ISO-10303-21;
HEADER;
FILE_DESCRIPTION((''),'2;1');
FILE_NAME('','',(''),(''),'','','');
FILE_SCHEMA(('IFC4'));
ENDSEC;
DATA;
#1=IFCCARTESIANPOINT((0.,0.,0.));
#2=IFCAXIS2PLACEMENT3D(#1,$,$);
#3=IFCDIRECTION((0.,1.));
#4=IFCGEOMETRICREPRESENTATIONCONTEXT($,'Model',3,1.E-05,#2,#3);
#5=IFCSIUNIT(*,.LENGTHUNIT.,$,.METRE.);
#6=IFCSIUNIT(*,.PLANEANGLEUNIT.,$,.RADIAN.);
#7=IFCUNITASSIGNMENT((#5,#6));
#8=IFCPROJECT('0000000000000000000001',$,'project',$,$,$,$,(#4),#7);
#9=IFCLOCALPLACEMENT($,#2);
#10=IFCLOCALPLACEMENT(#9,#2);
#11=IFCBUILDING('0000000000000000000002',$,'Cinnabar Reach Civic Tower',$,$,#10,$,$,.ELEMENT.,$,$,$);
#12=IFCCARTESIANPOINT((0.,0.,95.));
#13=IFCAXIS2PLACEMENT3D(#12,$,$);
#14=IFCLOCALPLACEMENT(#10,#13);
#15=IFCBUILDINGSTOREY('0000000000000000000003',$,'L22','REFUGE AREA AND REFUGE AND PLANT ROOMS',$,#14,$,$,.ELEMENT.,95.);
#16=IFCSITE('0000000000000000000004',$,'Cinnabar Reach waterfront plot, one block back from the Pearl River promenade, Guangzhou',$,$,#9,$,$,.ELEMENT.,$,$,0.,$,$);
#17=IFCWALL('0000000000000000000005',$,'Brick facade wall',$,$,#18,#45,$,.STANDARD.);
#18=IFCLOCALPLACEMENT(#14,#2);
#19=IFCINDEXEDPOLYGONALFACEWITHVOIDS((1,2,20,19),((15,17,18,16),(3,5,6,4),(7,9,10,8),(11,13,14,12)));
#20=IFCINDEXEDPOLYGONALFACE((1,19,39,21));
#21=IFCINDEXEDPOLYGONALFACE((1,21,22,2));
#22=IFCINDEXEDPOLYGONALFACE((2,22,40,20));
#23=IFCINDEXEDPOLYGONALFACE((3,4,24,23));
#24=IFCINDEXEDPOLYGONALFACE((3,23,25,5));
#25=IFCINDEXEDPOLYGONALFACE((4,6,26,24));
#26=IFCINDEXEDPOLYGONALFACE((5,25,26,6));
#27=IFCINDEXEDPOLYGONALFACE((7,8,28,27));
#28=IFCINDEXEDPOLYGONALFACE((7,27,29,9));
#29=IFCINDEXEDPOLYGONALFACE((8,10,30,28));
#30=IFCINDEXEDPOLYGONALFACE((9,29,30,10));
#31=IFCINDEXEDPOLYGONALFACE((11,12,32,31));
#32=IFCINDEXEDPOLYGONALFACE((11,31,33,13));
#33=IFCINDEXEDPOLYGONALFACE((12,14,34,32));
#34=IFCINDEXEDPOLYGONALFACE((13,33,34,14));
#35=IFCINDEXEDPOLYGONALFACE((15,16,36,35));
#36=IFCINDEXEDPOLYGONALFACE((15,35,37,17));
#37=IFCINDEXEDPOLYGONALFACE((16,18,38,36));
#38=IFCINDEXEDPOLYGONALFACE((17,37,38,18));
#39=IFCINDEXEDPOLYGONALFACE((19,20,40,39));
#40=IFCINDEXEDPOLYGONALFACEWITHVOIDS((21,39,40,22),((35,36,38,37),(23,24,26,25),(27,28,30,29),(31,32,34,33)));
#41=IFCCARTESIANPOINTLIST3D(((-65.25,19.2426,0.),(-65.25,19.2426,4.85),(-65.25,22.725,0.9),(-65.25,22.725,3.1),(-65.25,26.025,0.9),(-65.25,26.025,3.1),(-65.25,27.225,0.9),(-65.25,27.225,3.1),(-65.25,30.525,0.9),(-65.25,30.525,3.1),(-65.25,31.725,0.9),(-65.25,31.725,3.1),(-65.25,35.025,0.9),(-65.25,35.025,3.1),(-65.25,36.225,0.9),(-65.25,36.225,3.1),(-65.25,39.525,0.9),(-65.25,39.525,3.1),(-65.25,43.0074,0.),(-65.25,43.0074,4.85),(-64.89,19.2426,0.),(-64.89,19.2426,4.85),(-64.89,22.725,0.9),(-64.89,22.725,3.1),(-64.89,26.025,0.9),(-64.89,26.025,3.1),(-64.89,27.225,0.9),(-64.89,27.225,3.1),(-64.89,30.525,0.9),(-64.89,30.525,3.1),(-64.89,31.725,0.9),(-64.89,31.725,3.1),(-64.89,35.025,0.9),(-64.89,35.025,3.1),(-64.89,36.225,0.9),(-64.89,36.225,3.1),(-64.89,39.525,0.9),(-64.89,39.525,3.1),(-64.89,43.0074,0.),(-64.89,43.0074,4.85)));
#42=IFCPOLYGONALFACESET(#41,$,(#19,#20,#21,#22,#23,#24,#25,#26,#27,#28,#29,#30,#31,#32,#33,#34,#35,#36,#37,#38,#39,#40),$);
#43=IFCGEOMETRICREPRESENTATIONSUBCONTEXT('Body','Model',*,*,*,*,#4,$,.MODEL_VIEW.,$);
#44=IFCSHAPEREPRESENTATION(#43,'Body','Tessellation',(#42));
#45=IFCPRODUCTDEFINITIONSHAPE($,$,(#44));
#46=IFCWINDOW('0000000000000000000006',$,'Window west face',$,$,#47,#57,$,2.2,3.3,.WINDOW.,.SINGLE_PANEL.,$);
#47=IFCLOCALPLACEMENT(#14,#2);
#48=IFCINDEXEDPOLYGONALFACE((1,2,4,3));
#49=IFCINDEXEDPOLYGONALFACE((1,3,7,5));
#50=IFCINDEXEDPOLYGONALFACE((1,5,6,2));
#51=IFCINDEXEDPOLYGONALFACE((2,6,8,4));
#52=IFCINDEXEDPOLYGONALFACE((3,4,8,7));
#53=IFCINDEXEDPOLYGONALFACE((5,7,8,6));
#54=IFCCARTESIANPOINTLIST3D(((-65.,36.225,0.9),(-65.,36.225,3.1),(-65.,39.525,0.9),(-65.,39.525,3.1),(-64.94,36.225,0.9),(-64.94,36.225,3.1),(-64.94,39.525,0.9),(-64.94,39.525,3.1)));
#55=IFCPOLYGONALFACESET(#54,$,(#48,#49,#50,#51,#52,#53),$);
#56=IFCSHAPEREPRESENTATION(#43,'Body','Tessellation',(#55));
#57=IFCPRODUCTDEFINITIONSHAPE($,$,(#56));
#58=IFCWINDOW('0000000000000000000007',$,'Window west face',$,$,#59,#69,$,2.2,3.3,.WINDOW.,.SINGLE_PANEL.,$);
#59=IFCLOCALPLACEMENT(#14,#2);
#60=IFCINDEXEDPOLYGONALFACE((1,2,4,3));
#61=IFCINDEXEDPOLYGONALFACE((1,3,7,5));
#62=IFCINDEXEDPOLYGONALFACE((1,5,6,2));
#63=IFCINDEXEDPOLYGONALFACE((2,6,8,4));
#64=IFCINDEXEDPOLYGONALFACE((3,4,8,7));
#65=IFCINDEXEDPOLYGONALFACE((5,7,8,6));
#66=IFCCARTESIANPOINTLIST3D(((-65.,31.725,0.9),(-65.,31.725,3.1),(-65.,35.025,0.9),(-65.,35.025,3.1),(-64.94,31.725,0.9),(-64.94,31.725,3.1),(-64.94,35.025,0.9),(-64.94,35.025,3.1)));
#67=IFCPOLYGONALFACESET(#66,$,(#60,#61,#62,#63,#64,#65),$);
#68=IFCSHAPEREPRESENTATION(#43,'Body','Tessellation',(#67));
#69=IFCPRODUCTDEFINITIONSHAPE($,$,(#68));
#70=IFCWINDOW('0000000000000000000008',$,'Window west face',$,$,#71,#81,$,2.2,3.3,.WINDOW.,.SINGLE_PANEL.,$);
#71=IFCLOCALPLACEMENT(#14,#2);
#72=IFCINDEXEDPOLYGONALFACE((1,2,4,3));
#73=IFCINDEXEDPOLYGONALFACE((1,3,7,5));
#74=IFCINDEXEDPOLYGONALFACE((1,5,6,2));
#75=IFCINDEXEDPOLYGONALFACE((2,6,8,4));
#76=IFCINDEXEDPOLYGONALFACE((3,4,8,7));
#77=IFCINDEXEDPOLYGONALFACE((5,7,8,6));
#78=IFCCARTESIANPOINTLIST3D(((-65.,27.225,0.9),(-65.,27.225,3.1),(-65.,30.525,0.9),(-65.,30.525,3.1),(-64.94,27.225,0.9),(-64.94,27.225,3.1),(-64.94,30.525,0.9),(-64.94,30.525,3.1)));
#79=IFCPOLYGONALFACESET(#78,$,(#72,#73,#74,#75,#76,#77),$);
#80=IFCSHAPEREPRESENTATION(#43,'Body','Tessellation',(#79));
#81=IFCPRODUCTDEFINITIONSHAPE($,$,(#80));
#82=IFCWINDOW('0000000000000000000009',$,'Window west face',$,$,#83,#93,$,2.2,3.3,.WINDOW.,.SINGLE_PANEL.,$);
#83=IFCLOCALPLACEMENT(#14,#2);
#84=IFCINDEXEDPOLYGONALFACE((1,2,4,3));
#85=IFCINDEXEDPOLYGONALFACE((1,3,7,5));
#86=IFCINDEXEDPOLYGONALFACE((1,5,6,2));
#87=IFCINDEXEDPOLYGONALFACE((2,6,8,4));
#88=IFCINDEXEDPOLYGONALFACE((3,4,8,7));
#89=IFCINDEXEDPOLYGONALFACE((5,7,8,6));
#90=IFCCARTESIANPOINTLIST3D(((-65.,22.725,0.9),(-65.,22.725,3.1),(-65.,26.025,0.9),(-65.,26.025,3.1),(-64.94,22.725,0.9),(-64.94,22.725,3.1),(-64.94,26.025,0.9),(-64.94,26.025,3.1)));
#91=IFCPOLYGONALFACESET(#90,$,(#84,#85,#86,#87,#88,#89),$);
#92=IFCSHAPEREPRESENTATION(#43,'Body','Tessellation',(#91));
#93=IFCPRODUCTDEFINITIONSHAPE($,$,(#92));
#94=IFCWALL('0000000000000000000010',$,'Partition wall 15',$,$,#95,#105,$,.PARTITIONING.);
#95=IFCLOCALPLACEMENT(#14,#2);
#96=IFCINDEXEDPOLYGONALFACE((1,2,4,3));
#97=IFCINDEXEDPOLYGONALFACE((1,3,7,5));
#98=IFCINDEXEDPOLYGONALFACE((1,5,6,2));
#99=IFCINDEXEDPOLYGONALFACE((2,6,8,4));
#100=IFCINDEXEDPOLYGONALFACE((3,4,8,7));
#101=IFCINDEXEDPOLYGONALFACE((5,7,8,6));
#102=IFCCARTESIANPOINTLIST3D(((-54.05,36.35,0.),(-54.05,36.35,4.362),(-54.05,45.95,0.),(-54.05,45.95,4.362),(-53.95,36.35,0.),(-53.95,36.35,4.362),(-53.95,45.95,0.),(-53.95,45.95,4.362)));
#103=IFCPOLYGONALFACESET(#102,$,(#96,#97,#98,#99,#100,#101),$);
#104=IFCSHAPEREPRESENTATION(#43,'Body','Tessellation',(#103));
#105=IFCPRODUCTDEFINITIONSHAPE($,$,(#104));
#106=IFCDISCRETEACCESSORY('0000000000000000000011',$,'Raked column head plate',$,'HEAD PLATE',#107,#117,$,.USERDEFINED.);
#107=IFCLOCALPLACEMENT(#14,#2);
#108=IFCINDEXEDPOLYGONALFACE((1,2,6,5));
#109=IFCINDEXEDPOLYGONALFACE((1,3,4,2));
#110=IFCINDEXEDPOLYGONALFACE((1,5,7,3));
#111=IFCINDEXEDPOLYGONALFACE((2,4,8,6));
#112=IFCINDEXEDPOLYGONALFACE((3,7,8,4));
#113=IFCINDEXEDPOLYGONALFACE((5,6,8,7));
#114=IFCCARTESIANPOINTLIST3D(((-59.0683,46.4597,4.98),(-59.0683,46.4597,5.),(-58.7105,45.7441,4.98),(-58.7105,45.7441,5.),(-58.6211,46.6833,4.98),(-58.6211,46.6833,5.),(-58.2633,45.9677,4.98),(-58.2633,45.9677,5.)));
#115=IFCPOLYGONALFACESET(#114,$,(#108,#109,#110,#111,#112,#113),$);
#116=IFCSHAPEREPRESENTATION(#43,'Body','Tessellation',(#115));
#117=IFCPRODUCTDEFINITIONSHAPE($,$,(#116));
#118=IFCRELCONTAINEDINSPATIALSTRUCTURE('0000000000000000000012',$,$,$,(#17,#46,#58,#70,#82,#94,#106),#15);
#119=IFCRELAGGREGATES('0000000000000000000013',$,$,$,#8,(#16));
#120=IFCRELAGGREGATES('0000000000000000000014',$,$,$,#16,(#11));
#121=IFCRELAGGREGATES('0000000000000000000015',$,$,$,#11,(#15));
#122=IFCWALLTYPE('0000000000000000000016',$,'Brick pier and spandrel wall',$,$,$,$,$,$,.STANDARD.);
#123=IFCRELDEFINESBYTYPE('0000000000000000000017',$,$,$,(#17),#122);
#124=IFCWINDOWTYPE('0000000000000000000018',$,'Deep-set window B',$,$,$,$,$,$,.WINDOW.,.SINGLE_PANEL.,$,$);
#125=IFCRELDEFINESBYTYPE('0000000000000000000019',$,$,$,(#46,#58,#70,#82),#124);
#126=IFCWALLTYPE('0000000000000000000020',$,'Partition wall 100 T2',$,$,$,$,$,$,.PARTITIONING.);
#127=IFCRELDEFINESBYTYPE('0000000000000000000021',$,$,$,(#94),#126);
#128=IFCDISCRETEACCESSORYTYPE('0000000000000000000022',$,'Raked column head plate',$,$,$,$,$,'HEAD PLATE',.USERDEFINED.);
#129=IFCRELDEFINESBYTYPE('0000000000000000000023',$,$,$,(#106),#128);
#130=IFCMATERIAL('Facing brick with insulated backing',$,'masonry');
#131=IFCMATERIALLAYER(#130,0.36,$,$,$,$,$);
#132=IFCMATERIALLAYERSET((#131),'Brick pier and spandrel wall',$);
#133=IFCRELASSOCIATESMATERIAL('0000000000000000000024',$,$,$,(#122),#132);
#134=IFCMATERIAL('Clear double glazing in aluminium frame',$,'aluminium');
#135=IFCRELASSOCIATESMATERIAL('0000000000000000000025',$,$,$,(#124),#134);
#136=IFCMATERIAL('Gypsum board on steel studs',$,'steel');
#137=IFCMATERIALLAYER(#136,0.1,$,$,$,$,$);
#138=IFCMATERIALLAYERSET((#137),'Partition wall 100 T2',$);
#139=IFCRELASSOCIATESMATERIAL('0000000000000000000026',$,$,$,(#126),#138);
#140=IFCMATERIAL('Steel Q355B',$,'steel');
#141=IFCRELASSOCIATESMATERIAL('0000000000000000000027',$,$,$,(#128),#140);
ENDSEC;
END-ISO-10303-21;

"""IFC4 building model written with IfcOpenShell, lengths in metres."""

from ifc_helpers import new_model, si_unit, direction, frame, frame_2d, origin, origin_2d, place, context, subcontext, project, spatial, rectangle, extrude, material, layer, layer_set, type_object, element, fill, save


model = new_model("IFC4")

# Units and contexts
model_context = context("Model", 3, precision=1e-05, world=origin(), true_north=direction((0.0, 1.0)))
body_context = subcontext(model_context, "Body", "Model", "MODEL_VIEW")
ifc_project = project(units=[si_unit("LENGTHUNIT", "METRE"), si_unit("PLANEANGLEUNIT", "RADIAN")], contexts=[model_context])

# Site, building, storey
site_placement = place(None, origin())
site = spatial("IfcSite", under=ifc_project, at=site_placement, Name="Cinnabar Reach waterfront plot, one block back from the Pearl River promenade, Guangzhou", CompositionType="ELEMENT", RefElevation=0.0)
building_placement = place(site_placement, origin())
building = spatial("IfcBuilding", under=site, at=building_placement, Name="Cinnabar Reach Civic Tower", CompositionType="ELEMENT")
storey_placement = place(building_placement, frame((0.0, 0.0, 95.0)))
storey = spatial("IfcBuildingStorey", under=building, at=storey_placement, Name="L22", Description="REFUGE AREA AND REFUGE AND PLANT ROOMS", CompositionType="ELEMENT", Elevation=95.0)

# Shared definitions
ifc_material_1 = material(Name="Steel Q355B", Category="steel")

# Shared definitions
ifc_material_2 = material(Name="Facing brick with insulated backing", Category="masonry")
ifc_layer_1 = layer(ifc_material_2, 0.36)
ifc_layer_set_1 = layer_set([ifc_layer_1], Name="Brick pier and spandrel wall")
wall_type_1 = type_object("IfcWallType", Name="Brick pier and spandrel wall", PredefinedType="STANDARD", material=ifc_layer_set_1)

# Wall, openings, windows
wall_1_placement = place(storey_placement, frame((-65.07, 43.0074, 0.0), z_axis=(0.0, 0.0, 1.0), x_axis=(0.0, -1.0, 0.0)))
wall_1 = element("IfcWall", 1, at=wall_1_placement, inside=storey, type_object=wall_type_1, Name="Brick facade wall", PredefinedType="STANDARD", context=body_context, shape_type="SweptSolid", body=[
    extrude(rectangle(XDim=23.7648, YDim=0.36, at=frame_2d((11.8824, 0.0))), origin(), (0.0, 0.0, 1.0), 4.85),
])
opening_1_placement = place(wall_1_placement, frame((3.4824, 0.0, 0.9)))
opening_1 = element("IfcOpeningElement", 2, at=opening_1_placement, cuts=wall_1, PredefinedType="OPENING", context=body_context, shape_type="SweptSolid", body=[
    extrude(rectangle(XDim=3.3, YDim=2.2, at=frame_2d((1.65, 1.1))), frame((0.0, 0.19, 0.0), z_axis=(0.0, -1.0, 0.0), x_axis=(1.0, 0.0, 0.0)), (0.0, 0.0, 1.0), 0.38),
])
opening_2_placement = place(wall_1_placement, frame((7.9824, 0.0, 0.9)))
opening_2 = element("IfcOpeningElement", 3, at=opening_2_placement, cuts=wall_1, PredefinedType="OPENING", context=body_context, shape_type="SweptSolid", body=[
    extrude(rectangle(XDim=3.3, YDim=2.2, at=frame_2d((1.65, 1.1))), frame((0.0, 0.19, 0.0), z_axis=(0.0, -1.0, 0.0), x_axis=(1.0, 0.0, 0.0)), (0.0, 0.0, 1.0), 0.38),
])
opening_3_placement = place(wall_1_placement, frame((12.4824, 0.0, 0.9)))
opening_3 = element("IfcOpeningElement", 4, at=opening_3_placement, cuts=wall_1, PredefinedType="OPENING", context=body_context, shape_type="SweptSolid", body=[
    extrude(rectangle(XDim=3.3, YDim=2.2, at=frame_2d((1.65, 1.1))), frame((0.0, 0.19, 0.0), z_axis=(0.0, -1.0, 0.0), x_axis=(1.0, 0.0, 0.0)), (0.0, 0.0, 1.0), 0.38),
])
opening_4_placement = place(wall_1_placement, frame((16.9824, 0.0, 0.9)))
opening_4 = element("IfcOpeningElement", 5, at=opening_4_placement, cuts=wall_1, PredefinedType="OPENING", context=body_context, shape_type="SweptSolid", body=[
    extrude(rectangle(XDim=3.3, YDim=2.2, at=frame_2d((1.65, 1.1))), frame((0.0, 0.19, 0.0), z_axis=(0.0, -1.0, 0.0), x_axis=(1.0, 0.0, 0.0)), (0.0, 0.0, 1.0), 0.38),
])
ifc_material_3 = material(Name="Clear double glazing in aluminium frame", Category="aluminium")
window_type = type_object("IfcWindowType", Name="Deep-set window B", PartitioningType="SINGLE_PANEL", PredefinedType="WINDOW", material=ifc_material_3)
window_1_placement = place(opening_1_placement, origin())
window_1 = element("IfcWindow", 6, at=window_1_placement, inside=storey, type_object=window_type, Name="Window west face", OverallHeight=2.2, OverallWidth=3.3, PartitioningType="SINGLE_PANEL", PredefinedType="WINDOW", context=body_context, shape_type="SweptSolid", body=[
    extrude(rectangle(XDim=3.3, YDim=2.2, at=frame_2d((1.65, 1.1))), frame((0.0, 0.13, 0.0), z_axis=(0.0, -1.0, 0.0), x_axis=(1.0, 0.0, 0.0)), (0.0, 0.0, 1.0), 0.06),
])
fill(opening_1, window_1)
window_2_placement = place(opening_2_placement, origin())
window_2 = element("IfcWindow", 7, at=window_2_placement, inside=storey, type_object=window_type, Name="Window west face", OverallHeight=2.2, OverallWidth=3.3, PartitioningType="SINGLE_PANEL", PredefinedType="WINDOW", context=body_context, shape_type="SweptSolid", body=[
    extrude(rectangle(XDim=3.3, YDim=2.2, at=frame_2d((1.65, 1.1))), frame((0.0, 0.13, 0.0), z_axis=(0.0, -1.0, 0.0), x_axis=(1.0, 0.0, 0.0)), (0.0, 0.0, 1.0), 0.06),
])
fill(opening_2, window_2)
window_3_placement = place(opening_3_placement, origin())
window_3 = element("IfcWindow", 8, at=window_3_placement, inside=storey, type_object=window_type, Name="Window west face", OverallHeight=2.2, OverallWidth=3.3, PartitioningType="SINGLE_PANEL", PredefinedType="WINDOW", context=body_context, shape_type="SweptSolid", body=[
    extrude(rectangle(XDim=3.3, YDim=2.2, at=frame_2d((1.65, 1.1))), frame((0.0, 0.13, 0.0), z_axis=(0.0, -1.0, 0.0), x_axis=(1.0, 0.0, 0.0)), (0.0, 0.0, 1.0), 0.06),
])
fill(opening_3, window_3)
window_4_placement = place(opening_4_placement, origin())
window_4 = element("IfcWindow", 9, at=window_4_placement, inside=storey, type_object=window_type, Name="Window west face", OverallHeight=2.2, OverallWidth=3.3, PartitioningType="SINGLE_PANEL", PredefinedType="WINDOW", context=body_context, shape_type="SweptSolid", body=[
    extrude(rectangle(XDim=3.3, YDim=2.2, at=frame_2d((1.65, 1.1))), frame((0.0, 0.13, 0.0), z_axis=(0.0, -1.0, 0.0), x_axis=(1.0, 0.0, 0.0)), (0.0, 0.0, 1.0), 0.06),
])
fill(opening_4, window_4)

# Wall
ifc_material_4 = material(Name="Gypsum board on steel studs", Category="steel")
ifc_layer_2 = layer(ifc_material_4, 0.1)
ifc_layer_set_2 = layer_set([ifc_layer_2], Name="Partition wall 100 T2")
wall_type_2 = type_object("IfcWallType", Name="Partition wall 100 T2", PredefinedType="PARTITIONING", material=ifc_layer_set_2)
wall_2_placement = place(storey_placement, frame((-54.0, 36.35, 0.0), z_axis=(0.0, 0.0, 1.0), x_axis=(0.0, 1.0, 0.0)))
element("IfcWall", 10, at=wall_2_placement, inside=storey, type_object=wall_type_2, Name="Partition wall 15", PredefinedType="PARTITIONING", context=body_context, shape_type="SweptSolid", body=[
    extrude(rectangle(XDim=9.6, YDim=0.1, at=frame_2d((4.8, 0.0))), origin(), (0.0, 0.0, 1.0), 4.362),
])

# Discrete accessory
discrete_accessory_type = type_object("IfcDiscreteAccessoryType", Name="Raked column head plate", ElementType="HEAD PLATE", PredefinedType="USERDEFINED", material=ifc_material_1)
discrete_accessory_placement = place(storey_placement, frame((-58.6658, 46.2137, 4.98), z_axis=(0.0, 0.0, 1.0), x_axis=(0.894428, 0.447213, 0.0)))
element("IfcDiscreteAccessory", 11, at=discrete_accessory_placement, inside=storey, type_object=discrete_accessory_type, Name="Raked column head plate", ObjectType="HEAD PLATE", PredefinedType="USERDEFINED", context=body_context, shape_type="SweptSolid", body=[
    extrude(rectangle(XDim=0.5, YDim=0.8, at=origin_2d()), origin(), (0.0, 0.0, 1.0), 0.02),
])

save(model, "model.ifc")
